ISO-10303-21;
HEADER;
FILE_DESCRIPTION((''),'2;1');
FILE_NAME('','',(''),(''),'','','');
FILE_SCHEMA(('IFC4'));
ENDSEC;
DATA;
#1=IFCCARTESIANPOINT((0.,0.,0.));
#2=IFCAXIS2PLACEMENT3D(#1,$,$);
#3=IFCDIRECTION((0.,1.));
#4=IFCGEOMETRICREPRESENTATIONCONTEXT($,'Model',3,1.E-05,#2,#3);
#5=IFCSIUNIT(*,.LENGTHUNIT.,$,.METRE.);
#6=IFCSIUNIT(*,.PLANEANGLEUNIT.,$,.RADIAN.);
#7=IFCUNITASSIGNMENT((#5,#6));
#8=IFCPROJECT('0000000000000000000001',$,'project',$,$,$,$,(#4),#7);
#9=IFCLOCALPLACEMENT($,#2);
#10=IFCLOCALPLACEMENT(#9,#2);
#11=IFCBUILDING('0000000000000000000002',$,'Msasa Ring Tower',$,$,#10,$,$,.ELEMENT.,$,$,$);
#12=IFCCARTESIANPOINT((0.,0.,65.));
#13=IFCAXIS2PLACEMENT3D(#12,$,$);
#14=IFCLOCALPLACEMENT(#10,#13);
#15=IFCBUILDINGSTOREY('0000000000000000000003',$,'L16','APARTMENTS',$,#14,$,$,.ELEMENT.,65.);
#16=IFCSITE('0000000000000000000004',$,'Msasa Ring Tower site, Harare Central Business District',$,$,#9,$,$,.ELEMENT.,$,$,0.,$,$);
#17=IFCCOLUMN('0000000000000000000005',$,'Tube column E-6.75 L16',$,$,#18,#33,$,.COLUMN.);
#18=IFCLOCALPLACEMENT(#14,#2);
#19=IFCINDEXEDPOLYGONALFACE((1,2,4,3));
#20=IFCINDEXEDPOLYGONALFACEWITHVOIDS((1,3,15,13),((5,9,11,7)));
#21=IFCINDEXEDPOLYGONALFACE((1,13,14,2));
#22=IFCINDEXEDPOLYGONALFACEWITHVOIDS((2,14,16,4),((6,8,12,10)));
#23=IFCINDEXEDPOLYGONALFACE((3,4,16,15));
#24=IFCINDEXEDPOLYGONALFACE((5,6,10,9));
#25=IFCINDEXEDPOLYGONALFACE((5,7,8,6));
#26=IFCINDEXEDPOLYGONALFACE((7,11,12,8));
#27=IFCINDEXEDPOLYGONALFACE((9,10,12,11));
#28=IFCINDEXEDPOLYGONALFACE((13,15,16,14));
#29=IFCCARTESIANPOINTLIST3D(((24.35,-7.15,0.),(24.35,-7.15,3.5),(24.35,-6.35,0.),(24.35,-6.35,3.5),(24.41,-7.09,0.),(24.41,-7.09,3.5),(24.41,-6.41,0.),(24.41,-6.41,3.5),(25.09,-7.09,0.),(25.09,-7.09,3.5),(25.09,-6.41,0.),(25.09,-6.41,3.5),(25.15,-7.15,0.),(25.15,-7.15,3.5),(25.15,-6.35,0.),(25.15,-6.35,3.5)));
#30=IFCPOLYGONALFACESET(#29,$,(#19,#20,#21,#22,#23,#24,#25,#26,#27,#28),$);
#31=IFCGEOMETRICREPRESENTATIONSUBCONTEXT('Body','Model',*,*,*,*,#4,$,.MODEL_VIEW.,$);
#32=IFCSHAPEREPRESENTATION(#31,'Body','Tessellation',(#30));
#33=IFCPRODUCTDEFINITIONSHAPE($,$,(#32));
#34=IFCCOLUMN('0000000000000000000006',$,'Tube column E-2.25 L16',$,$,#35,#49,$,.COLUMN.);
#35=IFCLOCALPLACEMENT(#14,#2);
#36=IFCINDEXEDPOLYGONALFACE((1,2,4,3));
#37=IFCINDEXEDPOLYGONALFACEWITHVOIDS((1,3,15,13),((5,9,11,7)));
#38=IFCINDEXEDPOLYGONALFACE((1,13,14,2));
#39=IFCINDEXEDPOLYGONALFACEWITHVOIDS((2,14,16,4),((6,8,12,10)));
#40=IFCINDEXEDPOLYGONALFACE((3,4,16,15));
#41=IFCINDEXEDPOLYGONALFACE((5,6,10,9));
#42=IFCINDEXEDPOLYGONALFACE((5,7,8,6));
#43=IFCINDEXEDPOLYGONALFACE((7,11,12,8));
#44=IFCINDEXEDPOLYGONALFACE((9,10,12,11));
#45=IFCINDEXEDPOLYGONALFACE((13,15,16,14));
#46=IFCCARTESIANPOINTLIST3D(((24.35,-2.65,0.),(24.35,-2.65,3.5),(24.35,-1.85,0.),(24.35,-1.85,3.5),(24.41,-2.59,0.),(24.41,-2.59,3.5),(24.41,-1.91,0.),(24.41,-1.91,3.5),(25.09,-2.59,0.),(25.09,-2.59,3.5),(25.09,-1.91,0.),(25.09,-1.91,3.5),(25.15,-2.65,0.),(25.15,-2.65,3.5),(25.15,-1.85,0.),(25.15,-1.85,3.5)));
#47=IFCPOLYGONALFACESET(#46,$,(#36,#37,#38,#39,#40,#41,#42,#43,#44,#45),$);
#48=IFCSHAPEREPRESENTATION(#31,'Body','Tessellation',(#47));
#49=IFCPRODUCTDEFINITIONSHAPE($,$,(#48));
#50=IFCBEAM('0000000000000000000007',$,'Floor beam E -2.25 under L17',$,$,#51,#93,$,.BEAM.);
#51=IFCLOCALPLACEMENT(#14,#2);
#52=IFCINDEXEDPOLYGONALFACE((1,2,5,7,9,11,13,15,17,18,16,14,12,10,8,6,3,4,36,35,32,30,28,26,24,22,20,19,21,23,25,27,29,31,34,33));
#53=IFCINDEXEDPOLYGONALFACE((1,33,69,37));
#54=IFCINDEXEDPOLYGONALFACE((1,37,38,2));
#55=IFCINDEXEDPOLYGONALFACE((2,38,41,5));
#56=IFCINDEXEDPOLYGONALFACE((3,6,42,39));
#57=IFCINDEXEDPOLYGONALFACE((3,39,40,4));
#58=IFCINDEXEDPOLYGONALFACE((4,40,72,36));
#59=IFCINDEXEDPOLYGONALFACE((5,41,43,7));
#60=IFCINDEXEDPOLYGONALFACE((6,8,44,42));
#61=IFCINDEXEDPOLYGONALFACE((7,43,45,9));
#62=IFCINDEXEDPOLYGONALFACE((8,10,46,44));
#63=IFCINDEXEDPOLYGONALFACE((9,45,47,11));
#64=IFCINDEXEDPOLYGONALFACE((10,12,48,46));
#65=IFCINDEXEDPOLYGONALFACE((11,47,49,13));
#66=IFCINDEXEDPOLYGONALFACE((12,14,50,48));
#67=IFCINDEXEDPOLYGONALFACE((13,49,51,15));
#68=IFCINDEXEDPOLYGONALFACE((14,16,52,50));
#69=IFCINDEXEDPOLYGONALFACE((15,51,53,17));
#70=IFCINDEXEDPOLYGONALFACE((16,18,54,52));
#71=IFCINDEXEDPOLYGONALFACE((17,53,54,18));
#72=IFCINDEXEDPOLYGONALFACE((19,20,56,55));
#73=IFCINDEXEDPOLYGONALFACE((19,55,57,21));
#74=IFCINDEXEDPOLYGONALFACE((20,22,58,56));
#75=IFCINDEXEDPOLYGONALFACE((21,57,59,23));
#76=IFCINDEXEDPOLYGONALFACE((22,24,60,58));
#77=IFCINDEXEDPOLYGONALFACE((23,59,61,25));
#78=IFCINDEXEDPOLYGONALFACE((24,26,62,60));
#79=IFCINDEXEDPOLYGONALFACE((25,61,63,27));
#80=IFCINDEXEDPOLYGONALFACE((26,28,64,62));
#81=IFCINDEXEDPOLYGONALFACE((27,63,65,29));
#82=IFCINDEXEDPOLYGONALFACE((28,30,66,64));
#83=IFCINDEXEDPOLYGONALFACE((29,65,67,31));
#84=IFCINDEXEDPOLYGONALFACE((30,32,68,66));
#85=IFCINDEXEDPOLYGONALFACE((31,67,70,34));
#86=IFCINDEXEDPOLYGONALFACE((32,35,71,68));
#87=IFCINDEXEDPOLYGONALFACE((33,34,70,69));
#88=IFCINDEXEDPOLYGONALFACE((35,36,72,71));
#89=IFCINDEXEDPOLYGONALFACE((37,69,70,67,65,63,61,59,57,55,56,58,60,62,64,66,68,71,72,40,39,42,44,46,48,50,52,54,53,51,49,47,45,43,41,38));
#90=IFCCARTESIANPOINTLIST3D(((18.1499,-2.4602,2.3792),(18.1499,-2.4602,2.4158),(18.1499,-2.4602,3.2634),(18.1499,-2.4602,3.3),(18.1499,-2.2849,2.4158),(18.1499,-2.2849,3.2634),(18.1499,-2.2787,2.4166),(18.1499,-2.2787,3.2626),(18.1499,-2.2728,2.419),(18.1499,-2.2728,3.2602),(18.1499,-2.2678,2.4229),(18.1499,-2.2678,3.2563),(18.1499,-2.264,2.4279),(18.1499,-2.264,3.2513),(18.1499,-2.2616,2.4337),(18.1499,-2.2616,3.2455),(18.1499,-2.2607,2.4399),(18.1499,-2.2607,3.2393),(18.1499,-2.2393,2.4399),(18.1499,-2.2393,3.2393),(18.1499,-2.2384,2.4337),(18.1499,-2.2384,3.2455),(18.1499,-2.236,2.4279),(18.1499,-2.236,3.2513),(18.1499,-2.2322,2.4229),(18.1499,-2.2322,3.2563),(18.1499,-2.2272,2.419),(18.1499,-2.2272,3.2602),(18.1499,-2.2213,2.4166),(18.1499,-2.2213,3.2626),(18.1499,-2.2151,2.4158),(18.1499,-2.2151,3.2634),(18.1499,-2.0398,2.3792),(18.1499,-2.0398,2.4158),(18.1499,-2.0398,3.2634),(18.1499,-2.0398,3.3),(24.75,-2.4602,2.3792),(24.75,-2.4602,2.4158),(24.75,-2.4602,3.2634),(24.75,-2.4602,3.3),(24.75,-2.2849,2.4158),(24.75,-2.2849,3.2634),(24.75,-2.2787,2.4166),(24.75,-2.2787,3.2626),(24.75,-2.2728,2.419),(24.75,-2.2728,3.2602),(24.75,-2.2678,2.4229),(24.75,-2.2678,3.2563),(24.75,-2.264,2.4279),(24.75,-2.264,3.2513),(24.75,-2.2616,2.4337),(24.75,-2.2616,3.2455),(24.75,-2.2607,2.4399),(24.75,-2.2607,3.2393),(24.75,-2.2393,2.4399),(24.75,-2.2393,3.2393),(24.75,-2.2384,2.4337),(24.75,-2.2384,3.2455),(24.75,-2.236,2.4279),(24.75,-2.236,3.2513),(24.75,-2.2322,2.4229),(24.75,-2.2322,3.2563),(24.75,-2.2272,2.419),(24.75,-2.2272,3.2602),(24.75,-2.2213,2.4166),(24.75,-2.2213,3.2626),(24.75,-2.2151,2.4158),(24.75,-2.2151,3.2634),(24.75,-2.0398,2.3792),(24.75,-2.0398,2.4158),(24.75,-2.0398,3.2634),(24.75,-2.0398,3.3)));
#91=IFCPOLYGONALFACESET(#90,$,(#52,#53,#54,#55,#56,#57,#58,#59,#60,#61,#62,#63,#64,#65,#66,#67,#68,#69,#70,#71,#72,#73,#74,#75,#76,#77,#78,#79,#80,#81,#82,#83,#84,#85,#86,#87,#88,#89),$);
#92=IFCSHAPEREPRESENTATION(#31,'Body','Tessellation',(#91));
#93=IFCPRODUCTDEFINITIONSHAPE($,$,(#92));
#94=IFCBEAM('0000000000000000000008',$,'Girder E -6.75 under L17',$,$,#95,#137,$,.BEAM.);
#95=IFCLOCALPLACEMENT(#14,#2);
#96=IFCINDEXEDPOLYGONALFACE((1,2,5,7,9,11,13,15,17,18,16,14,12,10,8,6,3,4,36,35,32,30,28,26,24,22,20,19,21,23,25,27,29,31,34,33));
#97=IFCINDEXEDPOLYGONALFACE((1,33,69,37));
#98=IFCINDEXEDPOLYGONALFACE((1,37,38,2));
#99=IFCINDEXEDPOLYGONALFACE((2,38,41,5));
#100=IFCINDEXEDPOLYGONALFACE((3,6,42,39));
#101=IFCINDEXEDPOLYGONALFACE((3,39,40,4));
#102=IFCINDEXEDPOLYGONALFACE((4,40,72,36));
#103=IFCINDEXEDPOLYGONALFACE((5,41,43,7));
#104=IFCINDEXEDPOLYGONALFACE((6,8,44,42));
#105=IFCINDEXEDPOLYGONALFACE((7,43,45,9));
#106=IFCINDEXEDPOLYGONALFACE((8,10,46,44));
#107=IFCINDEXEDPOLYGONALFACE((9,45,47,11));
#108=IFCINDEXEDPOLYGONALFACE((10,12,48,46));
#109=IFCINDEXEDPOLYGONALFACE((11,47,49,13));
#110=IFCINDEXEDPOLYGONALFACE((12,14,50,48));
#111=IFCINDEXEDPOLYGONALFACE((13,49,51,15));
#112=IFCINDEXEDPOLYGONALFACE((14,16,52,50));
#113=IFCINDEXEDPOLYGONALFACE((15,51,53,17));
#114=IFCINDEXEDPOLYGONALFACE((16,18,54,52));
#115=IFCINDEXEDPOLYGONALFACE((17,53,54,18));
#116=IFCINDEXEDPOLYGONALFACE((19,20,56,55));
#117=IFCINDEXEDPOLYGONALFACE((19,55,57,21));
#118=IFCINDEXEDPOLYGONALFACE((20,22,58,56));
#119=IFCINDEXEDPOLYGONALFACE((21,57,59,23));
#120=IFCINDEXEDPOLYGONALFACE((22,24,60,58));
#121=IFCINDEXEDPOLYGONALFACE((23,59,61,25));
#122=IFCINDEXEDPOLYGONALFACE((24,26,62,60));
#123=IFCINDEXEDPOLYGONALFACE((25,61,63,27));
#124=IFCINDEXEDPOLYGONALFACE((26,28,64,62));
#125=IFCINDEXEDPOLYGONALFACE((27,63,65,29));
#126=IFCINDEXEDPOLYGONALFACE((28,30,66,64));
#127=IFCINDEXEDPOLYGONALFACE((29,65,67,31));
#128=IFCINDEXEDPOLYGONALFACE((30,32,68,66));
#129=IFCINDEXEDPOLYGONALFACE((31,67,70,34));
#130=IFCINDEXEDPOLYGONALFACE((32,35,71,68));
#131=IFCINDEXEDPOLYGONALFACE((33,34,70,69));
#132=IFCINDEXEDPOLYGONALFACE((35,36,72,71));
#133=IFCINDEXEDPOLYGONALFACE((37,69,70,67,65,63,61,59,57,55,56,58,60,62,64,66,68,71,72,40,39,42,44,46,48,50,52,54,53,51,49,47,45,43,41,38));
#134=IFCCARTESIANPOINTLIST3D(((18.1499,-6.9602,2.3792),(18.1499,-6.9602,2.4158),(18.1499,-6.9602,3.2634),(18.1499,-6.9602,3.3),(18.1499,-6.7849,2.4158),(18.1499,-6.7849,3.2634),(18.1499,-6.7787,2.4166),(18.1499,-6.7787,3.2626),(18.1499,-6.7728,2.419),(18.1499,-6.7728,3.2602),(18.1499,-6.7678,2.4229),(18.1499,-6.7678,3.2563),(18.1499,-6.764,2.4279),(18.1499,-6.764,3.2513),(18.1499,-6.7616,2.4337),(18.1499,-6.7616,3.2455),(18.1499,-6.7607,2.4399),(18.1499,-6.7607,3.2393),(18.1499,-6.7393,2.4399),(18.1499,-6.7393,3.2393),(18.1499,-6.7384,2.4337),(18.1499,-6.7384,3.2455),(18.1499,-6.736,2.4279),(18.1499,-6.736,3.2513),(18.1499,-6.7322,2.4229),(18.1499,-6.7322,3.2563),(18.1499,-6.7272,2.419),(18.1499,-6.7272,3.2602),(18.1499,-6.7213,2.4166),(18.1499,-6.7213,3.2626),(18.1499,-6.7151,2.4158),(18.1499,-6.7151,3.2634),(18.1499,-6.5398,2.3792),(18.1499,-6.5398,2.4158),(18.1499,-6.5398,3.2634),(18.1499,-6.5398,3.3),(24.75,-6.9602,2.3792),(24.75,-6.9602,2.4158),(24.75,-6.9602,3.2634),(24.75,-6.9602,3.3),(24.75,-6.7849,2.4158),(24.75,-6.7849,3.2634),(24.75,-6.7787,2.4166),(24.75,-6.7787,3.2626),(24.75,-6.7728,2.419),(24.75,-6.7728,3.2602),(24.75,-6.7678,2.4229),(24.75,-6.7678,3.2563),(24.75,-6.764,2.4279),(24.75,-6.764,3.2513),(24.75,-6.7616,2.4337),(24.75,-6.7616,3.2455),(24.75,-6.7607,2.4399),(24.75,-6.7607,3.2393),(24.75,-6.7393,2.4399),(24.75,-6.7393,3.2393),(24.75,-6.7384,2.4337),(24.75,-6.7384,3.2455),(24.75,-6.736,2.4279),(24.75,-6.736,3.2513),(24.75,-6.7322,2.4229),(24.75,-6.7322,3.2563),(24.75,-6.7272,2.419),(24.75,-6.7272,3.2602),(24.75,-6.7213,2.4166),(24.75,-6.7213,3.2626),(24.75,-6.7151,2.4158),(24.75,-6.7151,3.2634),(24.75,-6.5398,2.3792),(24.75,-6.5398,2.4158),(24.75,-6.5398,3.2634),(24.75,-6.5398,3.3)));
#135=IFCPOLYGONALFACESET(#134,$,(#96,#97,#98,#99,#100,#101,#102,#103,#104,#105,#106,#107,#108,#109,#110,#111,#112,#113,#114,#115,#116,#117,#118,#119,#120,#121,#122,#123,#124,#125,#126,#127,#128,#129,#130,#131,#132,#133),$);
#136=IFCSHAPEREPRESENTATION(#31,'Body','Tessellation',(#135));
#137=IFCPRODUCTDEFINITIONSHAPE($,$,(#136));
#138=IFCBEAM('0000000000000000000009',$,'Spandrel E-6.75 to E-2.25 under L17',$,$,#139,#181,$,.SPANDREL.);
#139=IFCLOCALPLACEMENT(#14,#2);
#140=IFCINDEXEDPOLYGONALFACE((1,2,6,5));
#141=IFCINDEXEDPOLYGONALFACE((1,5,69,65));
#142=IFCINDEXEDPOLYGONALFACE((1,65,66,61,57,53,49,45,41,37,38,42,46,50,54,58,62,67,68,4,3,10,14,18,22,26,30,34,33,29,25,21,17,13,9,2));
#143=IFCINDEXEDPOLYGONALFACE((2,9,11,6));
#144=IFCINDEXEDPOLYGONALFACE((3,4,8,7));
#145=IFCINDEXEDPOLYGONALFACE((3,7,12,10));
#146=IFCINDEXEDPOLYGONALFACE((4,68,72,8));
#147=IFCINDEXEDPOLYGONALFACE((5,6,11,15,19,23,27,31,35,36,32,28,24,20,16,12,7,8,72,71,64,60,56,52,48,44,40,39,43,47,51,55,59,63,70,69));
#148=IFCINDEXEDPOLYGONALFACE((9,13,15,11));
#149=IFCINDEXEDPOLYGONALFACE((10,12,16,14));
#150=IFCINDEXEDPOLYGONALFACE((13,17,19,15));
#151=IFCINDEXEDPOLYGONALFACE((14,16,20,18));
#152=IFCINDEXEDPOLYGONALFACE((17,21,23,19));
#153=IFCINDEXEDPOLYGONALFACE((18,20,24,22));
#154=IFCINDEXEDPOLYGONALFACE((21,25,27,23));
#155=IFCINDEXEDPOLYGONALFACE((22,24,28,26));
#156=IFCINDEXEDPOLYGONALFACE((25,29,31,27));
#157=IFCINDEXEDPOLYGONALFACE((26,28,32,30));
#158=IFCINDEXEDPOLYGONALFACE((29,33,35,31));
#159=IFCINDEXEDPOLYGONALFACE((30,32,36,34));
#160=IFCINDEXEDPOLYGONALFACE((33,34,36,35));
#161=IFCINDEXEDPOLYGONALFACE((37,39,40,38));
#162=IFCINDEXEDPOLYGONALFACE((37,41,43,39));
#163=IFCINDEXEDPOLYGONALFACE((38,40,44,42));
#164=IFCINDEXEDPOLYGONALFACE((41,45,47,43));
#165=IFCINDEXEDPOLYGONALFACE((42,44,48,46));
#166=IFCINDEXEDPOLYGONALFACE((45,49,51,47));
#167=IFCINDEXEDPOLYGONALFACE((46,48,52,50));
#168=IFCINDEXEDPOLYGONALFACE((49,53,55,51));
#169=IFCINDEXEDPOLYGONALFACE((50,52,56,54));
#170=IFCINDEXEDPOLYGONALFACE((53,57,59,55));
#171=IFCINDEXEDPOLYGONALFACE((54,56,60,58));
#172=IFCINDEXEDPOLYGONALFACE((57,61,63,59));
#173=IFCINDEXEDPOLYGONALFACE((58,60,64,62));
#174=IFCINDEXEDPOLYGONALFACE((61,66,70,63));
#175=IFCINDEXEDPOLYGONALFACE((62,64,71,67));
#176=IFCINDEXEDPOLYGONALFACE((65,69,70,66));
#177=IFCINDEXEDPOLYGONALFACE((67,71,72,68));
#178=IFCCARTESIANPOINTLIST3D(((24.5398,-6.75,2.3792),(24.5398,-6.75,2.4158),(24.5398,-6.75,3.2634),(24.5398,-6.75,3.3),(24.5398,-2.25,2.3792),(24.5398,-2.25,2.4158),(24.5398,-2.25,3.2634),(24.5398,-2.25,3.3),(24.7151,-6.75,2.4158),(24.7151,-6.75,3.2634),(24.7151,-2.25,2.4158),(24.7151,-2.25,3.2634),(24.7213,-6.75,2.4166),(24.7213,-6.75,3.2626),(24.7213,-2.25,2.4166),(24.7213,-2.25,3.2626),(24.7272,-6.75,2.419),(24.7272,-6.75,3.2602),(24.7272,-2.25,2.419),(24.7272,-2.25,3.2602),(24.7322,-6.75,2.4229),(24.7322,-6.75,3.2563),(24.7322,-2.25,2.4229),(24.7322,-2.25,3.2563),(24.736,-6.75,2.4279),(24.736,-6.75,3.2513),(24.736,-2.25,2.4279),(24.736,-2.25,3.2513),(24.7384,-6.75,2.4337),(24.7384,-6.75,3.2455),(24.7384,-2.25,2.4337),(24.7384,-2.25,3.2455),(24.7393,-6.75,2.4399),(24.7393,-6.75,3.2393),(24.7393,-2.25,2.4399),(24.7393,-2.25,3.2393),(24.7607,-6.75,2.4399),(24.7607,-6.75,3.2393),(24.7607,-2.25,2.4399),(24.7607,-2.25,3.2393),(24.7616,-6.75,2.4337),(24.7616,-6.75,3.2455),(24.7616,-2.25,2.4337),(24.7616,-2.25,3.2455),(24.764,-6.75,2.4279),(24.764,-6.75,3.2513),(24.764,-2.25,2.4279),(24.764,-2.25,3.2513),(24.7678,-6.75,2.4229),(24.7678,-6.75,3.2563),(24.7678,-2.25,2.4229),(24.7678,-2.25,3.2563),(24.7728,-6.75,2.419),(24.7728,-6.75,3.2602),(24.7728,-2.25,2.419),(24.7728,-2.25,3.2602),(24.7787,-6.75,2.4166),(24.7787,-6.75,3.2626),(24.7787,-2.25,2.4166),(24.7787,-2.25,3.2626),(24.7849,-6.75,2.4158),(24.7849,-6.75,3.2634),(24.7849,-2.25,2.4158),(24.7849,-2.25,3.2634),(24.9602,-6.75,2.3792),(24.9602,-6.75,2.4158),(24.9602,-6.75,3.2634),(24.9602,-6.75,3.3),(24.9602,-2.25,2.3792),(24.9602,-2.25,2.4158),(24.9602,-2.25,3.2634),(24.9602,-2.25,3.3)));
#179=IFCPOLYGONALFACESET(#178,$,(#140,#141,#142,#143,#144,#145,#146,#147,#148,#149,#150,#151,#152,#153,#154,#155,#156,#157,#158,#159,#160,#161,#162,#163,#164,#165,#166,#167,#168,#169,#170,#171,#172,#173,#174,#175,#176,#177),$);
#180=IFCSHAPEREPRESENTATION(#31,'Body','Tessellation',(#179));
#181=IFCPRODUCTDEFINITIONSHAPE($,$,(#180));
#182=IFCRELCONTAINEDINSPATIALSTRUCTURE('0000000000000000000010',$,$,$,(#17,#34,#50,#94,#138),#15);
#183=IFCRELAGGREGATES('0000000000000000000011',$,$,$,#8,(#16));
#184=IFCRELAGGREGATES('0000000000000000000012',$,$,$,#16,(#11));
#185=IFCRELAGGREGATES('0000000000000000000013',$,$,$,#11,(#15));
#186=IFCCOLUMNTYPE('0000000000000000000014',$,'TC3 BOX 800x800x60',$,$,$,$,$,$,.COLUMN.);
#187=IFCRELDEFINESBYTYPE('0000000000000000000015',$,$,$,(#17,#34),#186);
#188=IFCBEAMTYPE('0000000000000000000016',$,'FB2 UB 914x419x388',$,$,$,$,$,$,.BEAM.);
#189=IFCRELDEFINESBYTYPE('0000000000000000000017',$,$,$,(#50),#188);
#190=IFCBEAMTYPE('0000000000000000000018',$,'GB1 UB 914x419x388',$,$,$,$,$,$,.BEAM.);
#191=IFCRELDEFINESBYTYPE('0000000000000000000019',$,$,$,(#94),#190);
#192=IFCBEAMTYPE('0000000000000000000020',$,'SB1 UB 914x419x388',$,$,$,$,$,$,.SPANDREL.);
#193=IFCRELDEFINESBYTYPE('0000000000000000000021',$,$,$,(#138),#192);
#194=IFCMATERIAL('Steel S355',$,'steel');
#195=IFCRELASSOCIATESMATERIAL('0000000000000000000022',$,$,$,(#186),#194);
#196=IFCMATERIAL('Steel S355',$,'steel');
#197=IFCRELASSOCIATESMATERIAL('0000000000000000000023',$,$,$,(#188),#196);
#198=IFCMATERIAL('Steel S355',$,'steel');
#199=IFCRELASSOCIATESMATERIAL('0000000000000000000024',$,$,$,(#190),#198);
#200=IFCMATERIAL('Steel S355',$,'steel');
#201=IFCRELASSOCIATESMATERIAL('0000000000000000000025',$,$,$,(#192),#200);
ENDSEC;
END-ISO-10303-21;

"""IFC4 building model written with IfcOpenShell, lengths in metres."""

from ifc_helpers import new_model, si_unit, direction, frame, origin, origin_2d, place, context, subcontext, project, spatial, hollow_rectangle, i_section, extrude, material, material_profile, profile_set, type_object, element, save


model = new_model("IFC4")

# Units and contexts
model_context = context("Model", 3, precision=1e-05, world=origin(), true_north=direction((0.0, 1.0)))
body_context = subcontext(model_context, "Body", "Model", "MODEL_VIEW")
ifc_project = project(units=[si_unit("LENGTHUNIT", "METRE"), si_unit("PLANEANGLEUNIT", "RADIAN")], contexts=[model_context])

# Site, building, storey
site_placement = place(None, origin())
site = spatial("IfcSite", under=ifc_project, at=site_placement, Name="Msasa Ring Tower site, Harare Central Business District", CompositionType="ELEMENT", RefElevation=0.0)
building_placement = place(site_placement, origin())
building = spatial("IfcBuilding", under=site, at=building_placement, Name="Msasa Ring Tower", CompositionType="ELEMENT")
storey_placement = place(building_placement, frame((0.0, 0.0, 65.0)))
storey = spatial("IfcBuildingStorey", under=building, at=storey_placement, Name="L16", Description="APARTMENTS", CompositionType="ELEMENT", Elevation=65.0)

# Columns
ifc_material_1 = material(Name="Steel S355", Category="steel")
ifc_material_profile_1 = material_profile(ifc_material_1, hollow_rectangle(XDim=0.8, YDim=0.8, WallThickness=0.0601, at=origin_2d()), Name="BOX 800x800x60")
ifc_profile_set_1 = profile_set([ifc_material_profile_1], Name="Steel S355")
column_type = type_object("IfcColumnType", Name="TC3 BOX 800x800x60", PredefinedType="COLUMN", material=ifc_profile_set_1)
for number, where, z_axis, x_axis, name in (
    (1, (24.75, -6.75, 0.0), (0.0, 0.0, 1.0), (1.0, 0.0, 0.0), "Tube column E-6.75 L16"),
    (2, (24.75, -2.25, 0.0), (0.0, 0.0, 1.0), (1.0, 0.0, 0.0), "Tube column E-2.25 L16"),
):
    element("IfcColumn", number, at=place(storey_placement, frame(where, z_axis=z_axis, x_axis=x_axis)), inside=storey, type_object=column_type, Name=name, PredefinedType="COLUMN", context=body_context, shape_type="SweptSolid", body=[
        extrude(hollow_rectangle(XDim=0.8, YDim=0.8, WallThickness=0.0601, at=origin_2d()), origin(), (0.0, 0.0, 1.0), 3.5),
    ])

# Beams
ifc_material_2 = material(Name="Steel S355", Category="steel")
ifc_material_profile_2 = material_profile(ifc_material_2, i_section(OverallWidth=0.4204, OverallDepth=0.9209, WebThickness=0.0215, FlangeThickness=0.0366, FilletRadius=0.0242, at=origin_2d()), Name="UB 914x419x388")
ifc_profile_set_2 = profile_set([ifc_material_profile_2], Name="Steel S355")
beam_type_1 = type_object("IfcBeamType", Name="FB2 UB 914x419x388", PredefinedType="BEAM", material=ifc_profile_set_2)
beam_1_placement = place(storey_placement, frame((24.75, -2.25, 2.8396), z_axis=(-1.0, 0.0, 0.0), x_axis=(0.0, -1.0, 0.0)))
element("IfcBeam", 3, at=beam_1_placement, inside=storey, type_object=beam_type_1, Name="Floor beam E -2.25 under L17", PredefinedType="BEAM", context=body_context, shape_type="SweptSolid", body=[
    extrude(i_section(OverallWidth=0.4204, OverallDepth=0.9209, WebThickness=0.0215, FlangeThickness=0.0366, FilletRadius=0.0242, at=origin_2d()), origin(), (0.0, 0.0, 1.0), 6.6001),
])
ifc_material_3 = material(Name="Steel S355", Category="steel")
ifc_material_profile_3 = material_profile(ifc_material_3, i_section(OverallWidth=0.4204, OverallDepth=0.9209, WebThickness=0.0215, FlangeThickness=0.0366, FilletRadius=0.0242, at=origin_2d()), Name="UB 914x419x388")
ifc_profile_set_3 = profile_set([ifc_material_profile_3], Name="Steel S355")
beam_type_2 = type_object("IfcBeamType", Name="GB1 UB 914x419x388", PredefinedType="BEAM", material=ifc_profile_set_3)
beam_2_placement = place(storey_placement, frame((18.1499, -6.75, 2.8396), z_axis=(1.0, 0.0, 0.0), x_axis=(0.0, 1.0, 0.0)))
element("IfcBeam", 4, at=beam_2_placement, inside=storey, type_object=beam_type_2, Name="Girder E -6.75 under L17", PredefinedType="BEAM", context=body_context, shape_type="SweptSolid", body=[
    extrude(i_section(OverallWidth=0.4204, OverallDepth=0.9209, WebThickness=0.0215, FlangeThickness=0.0366, FilletRadius=0.0242, at=origin_2d()), origin(), (0.0, 0.0, 1.0), 6.6001),
])
ifc_material_4 = material(Name="Steel S355", Category="steel")
ifc_material_profile_4 = material_profile(ifc_material_4, i_section(OverallWidth=0.4204, OverallDepth=0.9209, WebThickness=0.0215, FlangeThickness=0.0366, FilletRadius=0.0242, at=origin_2d()), Name="UB 914x419x388")
ifc_profile_set_4 = profile_set([ifc_material_profile_4], Name="Steel S355")
beam_type_3 = type_object("IfcBeamType", Name="SB1 UB 914x419x388", PredefinedType="SPANDREL", material=ifc_profile_set_4)
for number, where, z_axis, x_axis, name in (
    (5, (24.75, -6.75, 2.8396), (0.0, 1.0, 0.0), (-1.0, 0.0, 0.0), "Spandrel E-6.75 to E-2.25 under L17"),
):
    element("IfcBeam", number, at=place(storey_placement, frame(where, z_axis=z_axis, x_axis=x_axis)), inside=storey, type_object=beam_type_3, Name=name, PredefinedType="SPANDREL", context=body_context, shape_type="SweptSolid", body=[
        extrude(i_section(OverallWidth=0.4204, OverallDepth=0.9209, WebThickness=0.0215, FlangeThickness=0.0366, FilletRadius=0.0242, at=origin_2d()), origin(), (0.0, 0.0, 1.0), 4.5),
    ])

save(model, "model.ifc")
